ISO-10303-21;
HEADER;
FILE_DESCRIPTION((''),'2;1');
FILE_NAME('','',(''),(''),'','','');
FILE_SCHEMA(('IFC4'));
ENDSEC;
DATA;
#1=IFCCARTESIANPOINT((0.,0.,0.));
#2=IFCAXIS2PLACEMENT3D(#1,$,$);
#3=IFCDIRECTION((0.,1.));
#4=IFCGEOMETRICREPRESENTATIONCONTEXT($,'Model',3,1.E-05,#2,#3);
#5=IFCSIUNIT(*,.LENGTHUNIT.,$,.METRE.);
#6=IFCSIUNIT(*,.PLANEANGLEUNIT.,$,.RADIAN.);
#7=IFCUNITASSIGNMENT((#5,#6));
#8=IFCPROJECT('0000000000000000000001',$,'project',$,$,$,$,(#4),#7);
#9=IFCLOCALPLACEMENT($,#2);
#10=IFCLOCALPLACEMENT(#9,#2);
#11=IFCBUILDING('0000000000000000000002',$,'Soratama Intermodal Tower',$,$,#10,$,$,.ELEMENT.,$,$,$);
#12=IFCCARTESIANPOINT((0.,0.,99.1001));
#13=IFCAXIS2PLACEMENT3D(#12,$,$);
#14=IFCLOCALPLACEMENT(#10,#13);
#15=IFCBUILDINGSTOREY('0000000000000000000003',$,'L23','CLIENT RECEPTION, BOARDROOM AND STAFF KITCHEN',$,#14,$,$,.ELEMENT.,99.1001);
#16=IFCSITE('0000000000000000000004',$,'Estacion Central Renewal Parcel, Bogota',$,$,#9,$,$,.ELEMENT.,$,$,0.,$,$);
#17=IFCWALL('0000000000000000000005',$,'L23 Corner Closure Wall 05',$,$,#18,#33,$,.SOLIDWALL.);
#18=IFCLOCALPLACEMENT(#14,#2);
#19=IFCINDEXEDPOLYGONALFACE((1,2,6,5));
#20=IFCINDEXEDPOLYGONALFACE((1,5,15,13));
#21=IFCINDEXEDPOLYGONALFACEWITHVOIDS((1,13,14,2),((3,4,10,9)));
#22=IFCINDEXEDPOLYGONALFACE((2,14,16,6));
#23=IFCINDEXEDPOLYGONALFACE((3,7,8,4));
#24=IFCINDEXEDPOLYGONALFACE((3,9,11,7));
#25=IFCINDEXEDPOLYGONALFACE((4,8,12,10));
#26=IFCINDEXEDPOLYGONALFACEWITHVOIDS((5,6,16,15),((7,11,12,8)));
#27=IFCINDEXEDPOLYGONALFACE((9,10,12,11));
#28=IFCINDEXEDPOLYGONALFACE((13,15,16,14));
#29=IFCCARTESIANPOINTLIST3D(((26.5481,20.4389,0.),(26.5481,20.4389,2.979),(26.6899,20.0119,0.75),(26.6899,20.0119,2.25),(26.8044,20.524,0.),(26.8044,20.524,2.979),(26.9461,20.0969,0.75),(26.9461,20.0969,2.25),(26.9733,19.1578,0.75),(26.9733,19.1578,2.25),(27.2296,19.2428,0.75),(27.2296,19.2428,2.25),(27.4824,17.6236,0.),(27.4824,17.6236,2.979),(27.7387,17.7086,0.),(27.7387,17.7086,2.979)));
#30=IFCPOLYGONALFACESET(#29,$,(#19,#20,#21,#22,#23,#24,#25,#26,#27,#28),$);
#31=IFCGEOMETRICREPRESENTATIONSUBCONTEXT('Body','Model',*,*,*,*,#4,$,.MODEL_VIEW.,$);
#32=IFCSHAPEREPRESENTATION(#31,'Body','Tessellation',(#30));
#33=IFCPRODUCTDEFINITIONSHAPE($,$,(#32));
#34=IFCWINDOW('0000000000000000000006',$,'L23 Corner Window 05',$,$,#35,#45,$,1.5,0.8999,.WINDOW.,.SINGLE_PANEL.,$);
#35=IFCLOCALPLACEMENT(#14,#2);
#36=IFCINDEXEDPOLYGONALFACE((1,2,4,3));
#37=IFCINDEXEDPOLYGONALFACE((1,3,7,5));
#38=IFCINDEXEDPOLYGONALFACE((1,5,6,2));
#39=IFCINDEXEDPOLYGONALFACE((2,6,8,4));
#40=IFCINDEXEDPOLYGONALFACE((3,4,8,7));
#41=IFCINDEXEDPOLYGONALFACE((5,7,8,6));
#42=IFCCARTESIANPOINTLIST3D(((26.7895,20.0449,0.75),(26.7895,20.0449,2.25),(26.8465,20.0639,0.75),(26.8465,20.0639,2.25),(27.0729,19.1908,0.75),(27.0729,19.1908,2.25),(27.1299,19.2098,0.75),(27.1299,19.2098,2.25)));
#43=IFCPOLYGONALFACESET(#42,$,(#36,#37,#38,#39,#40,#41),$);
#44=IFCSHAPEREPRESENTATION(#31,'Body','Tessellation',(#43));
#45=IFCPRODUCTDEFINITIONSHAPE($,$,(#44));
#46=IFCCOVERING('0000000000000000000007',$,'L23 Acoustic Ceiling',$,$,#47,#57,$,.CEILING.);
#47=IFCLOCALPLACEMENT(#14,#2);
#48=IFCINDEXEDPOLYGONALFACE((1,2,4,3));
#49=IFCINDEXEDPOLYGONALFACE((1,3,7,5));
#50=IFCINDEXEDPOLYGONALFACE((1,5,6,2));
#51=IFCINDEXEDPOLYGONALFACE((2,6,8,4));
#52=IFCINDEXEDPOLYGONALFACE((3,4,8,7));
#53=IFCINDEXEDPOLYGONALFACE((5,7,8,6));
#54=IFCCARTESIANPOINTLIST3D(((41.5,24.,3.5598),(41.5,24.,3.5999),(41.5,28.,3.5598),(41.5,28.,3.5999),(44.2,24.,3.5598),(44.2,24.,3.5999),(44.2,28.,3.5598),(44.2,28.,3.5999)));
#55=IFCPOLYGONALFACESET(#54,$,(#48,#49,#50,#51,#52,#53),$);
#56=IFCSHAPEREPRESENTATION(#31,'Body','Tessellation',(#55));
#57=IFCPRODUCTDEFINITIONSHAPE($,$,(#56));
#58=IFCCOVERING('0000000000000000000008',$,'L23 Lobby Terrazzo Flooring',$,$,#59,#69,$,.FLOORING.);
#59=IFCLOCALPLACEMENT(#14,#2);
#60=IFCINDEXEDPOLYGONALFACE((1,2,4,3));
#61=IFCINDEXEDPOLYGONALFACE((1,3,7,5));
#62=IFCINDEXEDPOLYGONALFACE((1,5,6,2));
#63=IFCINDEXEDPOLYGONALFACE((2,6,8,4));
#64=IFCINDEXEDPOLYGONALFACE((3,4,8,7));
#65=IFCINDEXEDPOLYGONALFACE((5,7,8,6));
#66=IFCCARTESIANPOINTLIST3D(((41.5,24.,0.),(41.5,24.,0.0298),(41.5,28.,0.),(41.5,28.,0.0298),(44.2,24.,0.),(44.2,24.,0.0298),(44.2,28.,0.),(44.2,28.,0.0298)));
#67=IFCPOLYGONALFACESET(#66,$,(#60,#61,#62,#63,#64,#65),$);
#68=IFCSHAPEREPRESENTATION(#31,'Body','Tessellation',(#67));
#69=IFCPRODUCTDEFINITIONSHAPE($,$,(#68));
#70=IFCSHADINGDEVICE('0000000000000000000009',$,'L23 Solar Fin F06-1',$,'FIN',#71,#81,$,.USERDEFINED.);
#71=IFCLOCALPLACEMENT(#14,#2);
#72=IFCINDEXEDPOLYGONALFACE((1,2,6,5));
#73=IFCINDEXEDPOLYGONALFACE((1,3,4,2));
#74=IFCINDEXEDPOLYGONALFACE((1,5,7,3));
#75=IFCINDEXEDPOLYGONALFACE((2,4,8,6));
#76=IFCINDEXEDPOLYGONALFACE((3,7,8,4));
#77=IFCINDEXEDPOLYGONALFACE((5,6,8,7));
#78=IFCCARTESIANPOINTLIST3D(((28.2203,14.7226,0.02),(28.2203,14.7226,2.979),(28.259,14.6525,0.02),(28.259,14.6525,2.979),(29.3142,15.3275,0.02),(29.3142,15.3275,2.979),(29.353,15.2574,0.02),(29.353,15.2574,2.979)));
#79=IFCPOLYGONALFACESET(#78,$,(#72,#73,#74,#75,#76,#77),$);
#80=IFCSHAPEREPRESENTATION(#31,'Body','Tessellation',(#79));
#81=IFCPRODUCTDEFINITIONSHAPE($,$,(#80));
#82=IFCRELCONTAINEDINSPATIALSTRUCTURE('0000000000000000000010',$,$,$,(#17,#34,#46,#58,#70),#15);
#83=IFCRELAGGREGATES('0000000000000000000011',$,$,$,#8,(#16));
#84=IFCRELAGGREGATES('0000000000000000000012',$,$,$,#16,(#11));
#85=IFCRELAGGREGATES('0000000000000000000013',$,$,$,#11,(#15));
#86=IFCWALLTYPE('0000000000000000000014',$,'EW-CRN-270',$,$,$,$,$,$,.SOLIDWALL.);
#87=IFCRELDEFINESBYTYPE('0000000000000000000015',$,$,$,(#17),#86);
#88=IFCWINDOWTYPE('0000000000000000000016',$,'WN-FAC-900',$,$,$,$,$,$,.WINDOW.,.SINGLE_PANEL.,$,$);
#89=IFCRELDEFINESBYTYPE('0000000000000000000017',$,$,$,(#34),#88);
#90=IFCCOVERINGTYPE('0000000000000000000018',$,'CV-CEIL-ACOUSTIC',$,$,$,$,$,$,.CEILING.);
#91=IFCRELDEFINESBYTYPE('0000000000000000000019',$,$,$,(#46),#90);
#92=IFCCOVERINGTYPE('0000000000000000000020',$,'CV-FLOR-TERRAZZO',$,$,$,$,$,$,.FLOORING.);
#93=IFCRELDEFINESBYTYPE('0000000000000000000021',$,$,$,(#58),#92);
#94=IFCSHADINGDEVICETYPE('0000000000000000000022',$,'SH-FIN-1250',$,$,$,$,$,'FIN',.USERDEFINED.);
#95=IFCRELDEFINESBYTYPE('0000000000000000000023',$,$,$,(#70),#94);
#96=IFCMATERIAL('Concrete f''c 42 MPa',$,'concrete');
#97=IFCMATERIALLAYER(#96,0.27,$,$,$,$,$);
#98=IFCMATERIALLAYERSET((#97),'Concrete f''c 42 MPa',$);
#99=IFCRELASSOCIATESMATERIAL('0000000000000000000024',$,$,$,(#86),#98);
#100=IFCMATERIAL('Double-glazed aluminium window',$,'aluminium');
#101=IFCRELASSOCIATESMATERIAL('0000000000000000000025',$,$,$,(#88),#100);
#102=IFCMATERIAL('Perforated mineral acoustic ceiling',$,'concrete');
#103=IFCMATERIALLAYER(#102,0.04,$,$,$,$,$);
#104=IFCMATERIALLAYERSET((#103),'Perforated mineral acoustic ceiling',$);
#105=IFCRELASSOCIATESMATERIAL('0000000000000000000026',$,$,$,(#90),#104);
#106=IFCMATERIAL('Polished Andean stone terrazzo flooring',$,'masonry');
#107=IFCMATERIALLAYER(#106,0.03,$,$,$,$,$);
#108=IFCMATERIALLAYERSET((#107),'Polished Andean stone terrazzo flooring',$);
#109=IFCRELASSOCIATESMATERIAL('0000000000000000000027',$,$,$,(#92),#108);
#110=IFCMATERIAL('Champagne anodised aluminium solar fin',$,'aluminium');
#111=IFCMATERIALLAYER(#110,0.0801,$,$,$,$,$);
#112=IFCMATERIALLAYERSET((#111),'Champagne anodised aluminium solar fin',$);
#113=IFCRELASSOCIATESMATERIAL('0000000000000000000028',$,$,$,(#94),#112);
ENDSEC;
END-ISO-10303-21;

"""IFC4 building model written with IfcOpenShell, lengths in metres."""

from ifc_helpers import new_model, si_unit, direction, frame, frame_2d, origin, origin_2d, place, context, subcontext, project, spatial, polyline, rectangle, outline, extrude, material, layer, layer_set, type_object, element, fill, save


model = new_model("IFC4")

# Units and contexts
model_context = context("Model", 3, precision=1e-05, world=origin(), true_north=direction((0.0, 1.0)))
body_context = subcontext(model_context, "Body", "Model", "MODEL_VIEW")
ifc_project = project(units=[si_unit("LENGTHUNIT", "METRE"), si_unit("PLANEANGLEUNIT", "RADIAN")], contexts=[model_context])

# Site, building, storey
site_placement = place(None, origin())
site = spatial("IfcSite", under=ifc_project, at=site_placement, Name="Estacion Central Renewal Parcel, Bogota", CompositionType="ELEMENT", RefElevation=0.0)
building_placement = place(site_placement, origin())
building = spatial("IfcBuilding", under=site, at=building_placement, Name="Soratama Intermodal Tower", CompositionType="ELEMENT")
storey_placement = place(building_placement, frame((0.0, 0.0, 99.1001)))
storey = spatial("IfcBuildingStorey", under=building, at=storey_placement, Name="L23", Description="CLIENT RECEPTION, BOARDROOM AND STAFF KITCHEN", CompositionType="ELEMENT", Elevation=99.1001)

# Wall, opening, window
ifc_material_1 = material(Name="Concrete f'c 42 MPa", Category="concrete")
ifc_layer_1 = layer(ifc_material_1, 0.27)
ifc_layer_set_1 = layer_set([ifc_layer_1], Name="Concrete f'c 42 MPa")
wall_type = type_object("IfcWallType", Name="EW-CRN-270", PredefinedType="SOLIDWALL", material=ifc_layer_set_1)
wall_placement = place(storey_placement, frame((26.6763, 20.4814, 0.0), z_axis=(0.0, 0.0, 1.0), x_axis=(0.314968, -0.949102, 0.0)))
wall = element("IfcWall", 1, at=wall_placement, inside=storey, type_object=wall_type, Name="L23 Corner Closure Wall 05", PredefinedType="SOLIDWALL", context=body_context, shape_type="SweptSolid", body=[
    extrude(rectangle(XDim=2.9663, YDim=0.27, at=frame_2d((1.4832, 0.0))), origin(), (0.0, 0.0, 1.0), 2.979),
])
opening_placement = place(wall_placement, frame((0.45, 0.0, 0.75)))
opening = element("IfcOpeningElement", 2, at=opening_placement, cuts=wall, PredefinedType="OPENING", context=body_context, shape_type="SweptSolid", body=[
    extrude(rectangle(XDim=0.8999, YDim=1.5, at=frame_2d((0.45, 0.75))), frame((0.0, 0.145, 0.0), z_axis=(0.0, -1.0, 0.0), x_axis=(1.0, 0.0, 0.0)), (0.0, 0.0, 1.0), 0.29),
])
ifc_material_2 = material(Name="Double-glazed aluminium window", Category="aluminium")
window_type = type_object("IfcWindowType", Name="WN-FAC-900", PartitioningType="SINGLE_PANEL", PredefinedType="WINDOW", material=ifc_material_2)
window_placement = place(opening_placement, origin())
window = element("IfcWindow", 3, at=window_placement, inside=storey, type_object=window_type, Name="L23 Corner Window 05", OverallHeight=1.5, OverallWidth=0.8999, PartitioningType="SINGLE_PANEL", PredefinedType="WINDOW", context=body_context, shape_type="SweptSolid", body=[
    extrude(rectangle(XDim=0.8999, YDim=1.5, at=frame_2d((0.45, 0.75))), frame((0.0, 0.03, 0.0), z_axis=(0.0, -1.0, 0.0), x_axis=(1.0, 0.0, 0.0)), (0.0, 0.0, 1.0), 0.0601),
])
fill(opening, window)

# Coverings
ifc_material_3 = material(Name="Perforated mineral acoustic ceiling", Category="concrete")
ifc_layer_2 = layer(ifc_material_3, 0.04)
ifc_layer_set_2 = layer_set([ifc_layer_2], Name="Perforated mineral acoustic ceiling")
covering_type_1 = type_object("IfcCoveringType", Name="CV-CEIL-ACOUSTIC", PredefinedType="CEILING", material=ifc_layer_set_2)
covering_1_placement = place(storey_placement, frame((0.0, 0.0, 3.5598)))
element("IfcCovering", 4, at=covering_1_placement, inside=storey, type_object=covering_type_1, Name="L23 Acoustic Ceiling", PredefinedType="CEILING", context=body_context, shape_type="SweptSolid", body=[
    extrude(outline(polyline([(41.5, 24.0), (44.2, 24.0), (44.2, 28.0), (41.5, 28.0), (41.5, 24.0)])), origin(), (0.0, 0.0, 1.0), 0.04),
])
ifc_material_4 = material(Name="Polished Andean stone terrazzo flooring", Category="masonry")
ifc_layer_3 = layer(ifc_material_4, 0.03)
ifc_layer_set_3 = layer_set([ifc_layer_3], Name="Polished Andean stone terrazzo flooring")
covering_type_2 = type_object("IfcCoveringType", Name="CV-FLOR-TERRAZZO", PredefinedType="FLOORING", material=ifc_layer_set_3)
covering_2_placement = place(storey_placement, origin())
element("IfcCovering", 5, at=covering_2_placement, inside=storey, type_object=covering_type_2, Name="L23 Lobby Terrazzo Flooring", PredefinedType="FLOORING", context=body_context, shape_type="SweptSolid", body=[
    extrude(outline(polyline([(41.5, 24.0), (44.2, 24.0), (44.2, 28.0), (41.5, 28.0), (41.5, 24.0)])), origin(), (0.0, 0.0, 1.0), 0.0298),
])

# Shading device
ifc_material_5 = material(Name="Champagne anodised aluminium solar fin", Category="aluminium")
ifc_layer_4 = layer(ifc_material_5, 0.0801)
ifc_layer_set_4 = layer_set([ifc_layer_4], Name="Champagne anodised aluminium solar fin")
shading_device_type = type_object("IfcShadingDeviceType", Name="SH-FIN-1250", ElementType="FIN", PredefinedType="USERDEFINED", material=ifc_layer_set_4)
shading_device_placement = place(storey_placement, frame((28.7866, 14.99, 0.02), z_axis=(0.0, 0.0, 1.0), x_axis=(-0.875127, -0.483893, 0.0)))
element("IfcShadingDevice", 6, at=shading_device_placement, inside=storey, type_object=shading_device_type, Name="L23 Solar Fin F06-1", ObjectType="FIN", PredefinedType="USERDEFINED", context=body_context, shape_type="SweptSolid", body=[
    extrude(rectangle(XDim=1.25, YDim=0.0801, at=origin_2d()), origin(), (0.0, 0.0, 1.0), 2.959),
])

save(model, "model.ifc")
